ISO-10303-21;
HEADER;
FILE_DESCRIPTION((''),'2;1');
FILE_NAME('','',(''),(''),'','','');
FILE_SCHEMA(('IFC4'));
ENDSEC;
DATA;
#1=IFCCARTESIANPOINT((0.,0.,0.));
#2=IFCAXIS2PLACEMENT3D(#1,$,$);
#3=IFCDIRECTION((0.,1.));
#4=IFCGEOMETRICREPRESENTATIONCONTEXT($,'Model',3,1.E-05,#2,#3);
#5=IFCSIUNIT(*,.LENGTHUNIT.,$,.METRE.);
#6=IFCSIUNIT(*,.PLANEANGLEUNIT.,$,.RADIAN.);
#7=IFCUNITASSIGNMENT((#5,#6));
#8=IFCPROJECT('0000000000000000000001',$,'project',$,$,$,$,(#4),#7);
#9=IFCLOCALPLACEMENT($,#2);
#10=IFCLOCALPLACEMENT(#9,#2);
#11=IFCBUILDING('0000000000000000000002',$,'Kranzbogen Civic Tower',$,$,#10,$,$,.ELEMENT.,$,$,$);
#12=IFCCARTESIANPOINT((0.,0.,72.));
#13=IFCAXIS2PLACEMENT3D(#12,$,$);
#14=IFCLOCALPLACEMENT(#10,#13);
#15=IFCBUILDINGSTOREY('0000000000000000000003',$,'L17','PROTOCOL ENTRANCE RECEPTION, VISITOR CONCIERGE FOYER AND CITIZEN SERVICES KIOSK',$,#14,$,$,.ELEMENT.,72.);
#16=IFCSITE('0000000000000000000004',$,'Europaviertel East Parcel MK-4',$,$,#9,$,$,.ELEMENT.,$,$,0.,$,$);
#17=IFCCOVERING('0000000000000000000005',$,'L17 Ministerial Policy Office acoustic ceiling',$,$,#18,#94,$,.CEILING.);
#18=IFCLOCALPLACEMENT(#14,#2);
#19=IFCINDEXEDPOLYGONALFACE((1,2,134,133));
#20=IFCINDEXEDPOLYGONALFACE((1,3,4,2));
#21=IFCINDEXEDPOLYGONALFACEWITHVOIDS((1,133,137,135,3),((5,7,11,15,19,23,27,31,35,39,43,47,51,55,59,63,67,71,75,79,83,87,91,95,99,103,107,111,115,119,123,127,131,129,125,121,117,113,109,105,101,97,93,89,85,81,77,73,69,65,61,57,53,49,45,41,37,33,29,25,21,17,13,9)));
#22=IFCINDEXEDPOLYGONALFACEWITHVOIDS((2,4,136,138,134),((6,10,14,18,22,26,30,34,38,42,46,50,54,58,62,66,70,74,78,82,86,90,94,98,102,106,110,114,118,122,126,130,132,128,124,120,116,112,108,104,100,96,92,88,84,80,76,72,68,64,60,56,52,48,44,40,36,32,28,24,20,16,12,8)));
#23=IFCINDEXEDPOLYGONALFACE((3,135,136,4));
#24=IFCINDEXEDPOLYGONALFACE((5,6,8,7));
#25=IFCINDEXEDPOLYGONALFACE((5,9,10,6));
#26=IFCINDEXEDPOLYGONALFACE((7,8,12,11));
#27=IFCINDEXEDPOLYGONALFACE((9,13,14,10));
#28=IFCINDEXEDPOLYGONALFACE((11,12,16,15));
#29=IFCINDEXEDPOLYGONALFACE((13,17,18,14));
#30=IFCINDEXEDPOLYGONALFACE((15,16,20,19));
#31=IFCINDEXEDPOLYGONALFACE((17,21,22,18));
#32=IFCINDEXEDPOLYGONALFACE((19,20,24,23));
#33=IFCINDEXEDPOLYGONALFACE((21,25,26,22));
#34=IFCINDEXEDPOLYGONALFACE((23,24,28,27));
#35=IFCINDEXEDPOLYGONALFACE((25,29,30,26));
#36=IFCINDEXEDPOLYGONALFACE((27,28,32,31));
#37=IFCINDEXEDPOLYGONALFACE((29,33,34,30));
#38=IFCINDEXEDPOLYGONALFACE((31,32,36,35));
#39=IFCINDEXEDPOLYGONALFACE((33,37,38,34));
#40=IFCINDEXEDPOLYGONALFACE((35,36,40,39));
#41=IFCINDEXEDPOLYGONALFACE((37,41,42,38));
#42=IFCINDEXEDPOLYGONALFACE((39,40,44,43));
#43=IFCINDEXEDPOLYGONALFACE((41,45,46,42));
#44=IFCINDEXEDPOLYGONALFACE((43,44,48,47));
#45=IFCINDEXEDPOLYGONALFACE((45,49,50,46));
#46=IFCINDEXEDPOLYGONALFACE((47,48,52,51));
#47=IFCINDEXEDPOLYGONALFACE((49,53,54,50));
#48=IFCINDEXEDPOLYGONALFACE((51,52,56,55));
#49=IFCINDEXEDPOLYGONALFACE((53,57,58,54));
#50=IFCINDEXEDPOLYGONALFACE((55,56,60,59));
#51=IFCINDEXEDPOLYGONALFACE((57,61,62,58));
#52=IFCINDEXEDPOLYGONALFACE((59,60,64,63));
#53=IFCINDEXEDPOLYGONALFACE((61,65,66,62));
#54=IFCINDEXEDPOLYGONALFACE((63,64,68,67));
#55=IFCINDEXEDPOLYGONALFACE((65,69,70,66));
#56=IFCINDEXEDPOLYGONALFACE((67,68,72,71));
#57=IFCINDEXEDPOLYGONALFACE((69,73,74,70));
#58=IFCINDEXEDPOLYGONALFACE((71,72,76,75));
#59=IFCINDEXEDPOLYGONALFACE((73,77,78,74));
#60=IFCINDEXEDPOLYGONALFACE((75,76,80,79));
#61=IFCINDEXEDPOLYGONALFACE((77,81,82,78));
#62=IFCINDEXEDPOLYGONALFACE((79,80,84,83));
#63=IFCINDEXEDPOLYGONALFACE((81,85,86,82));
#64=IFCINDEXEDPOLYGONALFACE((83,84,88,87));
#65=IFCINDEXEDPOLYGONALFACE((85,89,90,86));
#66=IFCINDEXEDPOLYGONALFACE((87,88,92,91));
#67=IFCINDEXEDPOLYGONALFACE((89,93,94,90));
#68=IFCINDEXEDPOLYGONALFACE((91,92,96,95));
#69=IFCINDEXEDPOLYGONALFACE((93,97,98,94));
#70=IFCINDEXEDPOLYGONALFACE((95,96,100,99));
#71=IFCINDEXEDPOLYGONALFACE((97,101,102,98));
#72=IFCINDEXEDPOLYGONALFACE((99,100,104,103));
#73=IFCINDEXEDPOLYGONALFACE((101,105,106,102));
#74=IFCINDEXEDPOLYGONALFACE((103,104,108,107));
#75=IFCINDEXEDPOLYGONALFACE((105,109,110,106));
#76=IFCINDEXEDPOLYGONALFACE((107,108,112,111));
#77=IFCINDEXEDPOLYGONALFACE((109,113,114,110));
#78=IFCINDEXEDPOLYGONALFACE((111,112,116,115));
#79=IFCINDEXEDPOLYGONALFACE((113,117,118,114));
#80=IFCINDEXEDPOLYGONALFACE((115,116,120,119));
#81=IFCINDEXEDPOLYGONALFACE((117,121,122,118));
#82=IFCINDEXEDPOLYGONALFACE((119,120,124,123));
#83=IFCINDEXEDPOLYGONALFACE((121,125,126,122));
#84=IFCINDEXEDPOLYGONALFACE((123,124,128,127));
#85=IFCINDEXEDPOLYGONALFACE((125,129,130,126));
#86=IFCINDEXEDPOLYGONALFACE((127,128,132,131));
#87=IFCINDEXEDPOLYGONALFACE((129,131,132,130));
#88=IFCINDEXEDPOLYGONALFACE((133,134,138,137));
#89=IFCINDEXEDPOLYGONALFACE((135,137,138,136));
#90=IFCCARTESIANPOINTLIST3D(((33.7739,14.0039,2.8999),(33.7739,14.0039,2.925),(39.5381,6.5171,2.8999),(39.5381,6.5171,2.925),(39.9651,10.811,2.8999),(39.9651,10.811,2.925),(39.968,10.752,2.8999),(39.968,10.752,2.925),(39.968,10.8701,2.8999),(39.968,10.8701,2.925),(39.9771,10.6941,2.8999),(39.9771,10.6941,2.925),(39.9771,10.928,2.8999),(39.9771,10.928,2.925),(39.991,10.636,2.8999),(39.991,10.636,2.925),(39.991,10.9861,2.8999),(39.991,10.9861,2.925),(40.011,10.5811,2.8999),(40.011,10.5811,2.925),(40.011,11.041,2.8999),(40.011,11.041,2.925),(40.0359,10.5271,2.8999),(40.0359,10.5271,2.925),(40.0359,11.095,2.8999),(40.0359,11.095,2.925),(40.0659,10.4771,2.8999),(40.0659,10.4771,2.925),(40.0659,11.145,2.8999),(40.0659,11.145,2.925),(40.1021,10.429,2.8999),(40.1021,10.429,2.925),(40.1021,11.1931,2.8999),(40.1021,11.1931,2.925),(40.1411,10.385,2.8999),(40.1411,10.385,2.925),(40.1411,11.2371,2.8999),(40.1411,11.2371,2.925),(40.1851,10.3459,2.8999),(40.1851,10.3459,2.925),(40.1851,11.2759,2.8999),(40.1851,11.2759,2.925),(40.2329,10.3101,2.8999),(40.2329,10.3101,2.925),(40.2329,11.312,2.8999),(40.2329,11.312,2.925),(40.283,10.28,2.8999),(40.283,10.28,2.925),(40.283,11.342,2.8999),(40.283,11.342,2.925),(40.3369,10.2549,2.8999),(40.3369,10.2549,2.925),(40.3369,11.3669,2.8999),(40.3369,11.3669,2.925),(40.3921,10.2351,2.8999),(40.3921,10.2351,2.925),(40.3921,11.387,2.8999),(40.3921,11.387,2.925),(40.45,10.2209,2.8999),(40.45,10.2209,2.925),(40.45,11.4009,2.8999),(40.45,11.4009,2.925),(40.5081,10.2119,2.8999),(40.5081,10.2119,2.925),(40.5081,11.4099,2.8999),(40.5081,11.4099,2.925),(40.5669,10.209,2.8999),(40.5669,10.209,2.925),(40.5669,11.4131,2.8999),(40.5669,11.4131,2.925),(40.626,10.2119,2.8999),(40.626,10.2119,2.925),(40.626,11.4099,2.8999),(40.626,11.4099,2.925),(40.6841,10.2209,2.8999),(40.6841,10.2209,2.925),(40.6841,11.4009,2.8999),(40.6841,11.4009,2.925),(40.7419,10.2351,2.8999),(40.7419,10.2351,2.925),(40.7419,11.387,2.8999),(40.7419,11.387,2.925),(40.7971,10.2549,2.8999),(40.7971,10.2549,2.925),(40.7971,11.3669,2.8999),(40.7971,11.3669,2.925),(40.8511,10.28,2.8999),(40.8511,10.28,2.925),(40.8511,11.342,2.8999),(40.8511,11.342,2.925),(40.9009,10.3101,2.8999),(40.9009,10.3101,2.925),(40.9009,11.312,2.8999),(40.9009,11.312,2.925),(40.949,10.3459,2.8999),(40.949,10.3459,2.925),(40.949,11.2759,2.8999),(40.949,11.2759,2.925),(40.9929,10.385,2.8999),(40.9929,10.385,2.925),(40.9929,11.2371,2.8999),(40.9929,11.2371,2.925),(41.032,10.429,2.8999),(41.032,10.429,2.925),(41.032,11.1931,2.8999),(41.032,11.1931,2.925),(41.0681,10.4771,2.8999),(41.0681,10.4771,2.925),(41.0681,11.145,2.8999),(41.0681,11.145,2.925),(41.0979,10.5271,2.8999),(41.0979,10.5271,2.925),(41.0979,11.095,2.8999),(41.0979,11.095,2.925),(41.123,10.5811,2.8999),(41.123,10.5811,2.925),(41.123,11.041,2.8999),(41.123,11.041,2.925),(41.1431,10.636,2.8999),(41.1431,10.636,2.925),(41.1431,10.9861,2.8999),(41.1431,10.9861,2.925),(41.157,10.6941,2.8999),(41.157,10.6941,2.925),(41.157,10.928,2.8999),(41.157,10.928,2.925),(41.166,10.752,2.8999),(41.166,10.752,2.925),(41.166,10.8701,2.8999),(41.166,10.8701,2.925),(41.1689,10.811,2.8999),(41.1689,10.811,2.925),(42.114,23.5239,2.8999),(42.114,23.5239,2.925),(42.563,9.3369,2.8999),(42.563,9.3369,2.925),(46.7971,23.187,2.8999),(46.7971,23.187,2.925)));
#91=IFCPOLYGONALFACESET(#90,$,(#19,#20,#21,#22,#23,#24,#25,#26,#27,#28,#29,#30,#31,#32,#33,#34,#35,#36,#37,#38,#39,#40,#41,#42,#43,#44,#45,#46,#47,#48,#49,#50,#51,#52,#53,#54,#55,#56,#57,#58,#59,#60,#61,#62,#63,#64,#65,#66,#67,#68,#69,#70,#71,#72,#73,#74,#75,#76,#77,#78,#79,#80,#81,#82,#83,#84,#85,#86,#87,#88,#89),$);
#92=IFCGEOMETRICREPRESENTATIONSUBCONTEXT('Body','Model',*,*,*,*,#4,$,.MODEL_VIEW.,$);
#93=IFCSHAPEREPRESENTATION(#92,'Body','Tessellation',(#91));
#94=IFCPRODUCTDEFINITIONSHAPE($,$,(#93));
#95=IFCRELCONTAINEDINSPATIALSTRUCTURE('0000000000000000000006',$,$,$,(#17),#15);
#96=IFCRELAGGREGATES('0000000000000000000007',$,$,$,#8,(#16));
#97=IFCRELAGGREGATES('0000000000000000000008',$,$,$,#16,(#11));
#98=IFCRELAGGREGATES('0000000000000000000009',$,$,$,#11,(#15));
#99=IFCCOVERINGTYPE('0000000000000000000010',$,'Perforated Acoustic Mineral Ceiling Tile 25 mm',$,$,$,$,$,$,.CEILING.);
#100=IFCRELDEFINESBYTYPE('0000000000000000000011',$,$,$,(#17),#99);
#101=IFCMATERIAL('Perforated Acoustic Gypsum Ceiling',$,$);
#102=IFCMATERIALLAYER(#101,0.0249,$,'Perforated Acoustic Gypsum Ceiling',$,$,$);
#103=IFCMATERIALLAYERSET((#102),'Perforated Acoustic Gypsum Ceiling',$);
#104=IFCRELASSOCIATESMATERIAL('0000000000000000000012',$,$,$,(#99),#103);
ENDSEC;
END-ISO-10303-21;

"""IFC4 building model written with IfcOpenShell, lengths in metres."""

from ifc_helpers import new_model, si_unit, direction, frame, origin, place, context, subcontext, project, spatial, polyline, outline, extrude, material, layer, layer_set, type_object, element, save


model = new_model("IFC4")

# Units and contexts
model_context = context("Model", 3, precision=1e-05, world=origin(), true_north=direction((0.0, 1.0)))
body_context = subcontext(model_context, "Body", "Model", "MODEL_VIEW")
ifc_project = project(units=[si_unit("LENGTHUNIT", "METRE"), si_unit("PLANEANGLEUNIT", "RADIAN")], contexts=[model_context])

# Site, building, storey
site_placement = place(None, origin())
site = spatial("IfcSite", under=ifc_project, at=site_placement, Name="Europaviertel East Parcel MK-4", CompositionType="ELEMENT", RefElevation=0.0)
building_placement = place(site_placement, origin())
building = spatial("IfcBuilding", under=site, at=building_placement, Name="Kranzbogen Civic Tower", CompositionType="ELEMENT")
storey_placement = place(building_placement, frame((0.0, 0.0, 72.0)))
storey = spatial("IfcBuildingStorey", under=building, at=storey_placement, Name="L17", Description="PROTOCOL ENTRANCE RECEPTION, VISITOR CONCIERGE FOYER AND CITIZEN SERVICES KIOSK", CompositionType="ELEMENT", Elevation=72.0)

# Covering
ifc_material_1 = material(Name="Perforated Acoustic Gypsum Ceiling")
ifc_layer_1 = layer(ifc_material_1, 0.0249, Name="Perforated Acoustic Gypsum Ceiling")
ifc_layer_set_1 = layer_set([ifc_layer_1], Name="Perforated Acoustic Gypsum Ceiling")
covering_type = type_object("IfcCoveringType", Name="Perforated Acoustic Mineral Ceiling Tile 25 mm", PredefinedType="CEILING", material=ifc_layer_set_1)
covering_1_placement = place(storey_placement, frame((0.0, 0.0, 2.8999)))
element("IfcCovering", 1, at=covering_1_placement, inside=storey, type_object=covering_type, Name="L17 Ministerial Policy Office acoustic ceiling", PredefinedType="CEILING", context=body_context, shape_type="SweptSolid", body=[
    extrude(outline(polyline([(33.7739, 14.0039), (42.114, 23.5239), (46.7971, 23.187), (42.563, 9.3369), (39.5381, 6.5171), (33.7739, 14.0039)]), holes=[polyline([(41.123, 10.5811), (41.0979, 10.5271), (41.0681, 10.4771), (41.032, 10.429), (40.9929, 10.385), (40.949, 10.3459), (40.9009, 10.3101), (40.8511, 10.28), (40.7971, 10.2549), (40.7419, 10.2351), (40.6841, 10.2209), (40.626, 10.2119), (40.5669, 10.209), (40.5081, 10.2119), (40.45, 10.2209), (40.3921, 10.2351), (40.3369, 10.2549), (40.283, 10.28), (40.2329, 10.3101), (40.1851, 10.3459), (40.1411, 10.385), (40.1021, 10.429), (40.0659, 10.4771), (40.0359, 10.5271), (40.011, 10.5811), (39.991, 10.636), (39.9771, 10.6941), (39.968, 10.752), (39.9651, 10.811), (39.968, 10.8701), (39.9771, 10.928), (39.991, 10.9861), (40.011, 11.041), (40.0359, 11.095), (40.0659, 11.145), (40.1021, 11.1931), (40.1411, 11.2371), (40.1851, 11.2759), (40.2329, 11.312), (40.283, 11.342), (40.3369, 11.3669), (40.3921, 11.387), (40.45, 11.4009), (40.5081, 11.4099), (40.5669, 11.4131), (40.626, 11.4099), (40.6841, 11.4009), (40.7419, 11.387), (40.7971, 11.3669), (40.8511, 11.342), (40.9009, 11.312), (40.949, 11.2759), (40.9929, 11.2371), (41.032, 11.1931), (41.0681, 11.145), (41.0979, 11.095), (41.123, 11.041), (41.1431, 10.9861), (41.157, 10.928), (41.166, 10.8701), (41.1689, 10.811), (41.166, 10.752), (41.157, 10.6941), (41.1431, 10.636), (41.123, 10.5811)])]), origin(), (0.0, 0.0, 1.0), 0.0251),
])

save(model, "model.ifc")
